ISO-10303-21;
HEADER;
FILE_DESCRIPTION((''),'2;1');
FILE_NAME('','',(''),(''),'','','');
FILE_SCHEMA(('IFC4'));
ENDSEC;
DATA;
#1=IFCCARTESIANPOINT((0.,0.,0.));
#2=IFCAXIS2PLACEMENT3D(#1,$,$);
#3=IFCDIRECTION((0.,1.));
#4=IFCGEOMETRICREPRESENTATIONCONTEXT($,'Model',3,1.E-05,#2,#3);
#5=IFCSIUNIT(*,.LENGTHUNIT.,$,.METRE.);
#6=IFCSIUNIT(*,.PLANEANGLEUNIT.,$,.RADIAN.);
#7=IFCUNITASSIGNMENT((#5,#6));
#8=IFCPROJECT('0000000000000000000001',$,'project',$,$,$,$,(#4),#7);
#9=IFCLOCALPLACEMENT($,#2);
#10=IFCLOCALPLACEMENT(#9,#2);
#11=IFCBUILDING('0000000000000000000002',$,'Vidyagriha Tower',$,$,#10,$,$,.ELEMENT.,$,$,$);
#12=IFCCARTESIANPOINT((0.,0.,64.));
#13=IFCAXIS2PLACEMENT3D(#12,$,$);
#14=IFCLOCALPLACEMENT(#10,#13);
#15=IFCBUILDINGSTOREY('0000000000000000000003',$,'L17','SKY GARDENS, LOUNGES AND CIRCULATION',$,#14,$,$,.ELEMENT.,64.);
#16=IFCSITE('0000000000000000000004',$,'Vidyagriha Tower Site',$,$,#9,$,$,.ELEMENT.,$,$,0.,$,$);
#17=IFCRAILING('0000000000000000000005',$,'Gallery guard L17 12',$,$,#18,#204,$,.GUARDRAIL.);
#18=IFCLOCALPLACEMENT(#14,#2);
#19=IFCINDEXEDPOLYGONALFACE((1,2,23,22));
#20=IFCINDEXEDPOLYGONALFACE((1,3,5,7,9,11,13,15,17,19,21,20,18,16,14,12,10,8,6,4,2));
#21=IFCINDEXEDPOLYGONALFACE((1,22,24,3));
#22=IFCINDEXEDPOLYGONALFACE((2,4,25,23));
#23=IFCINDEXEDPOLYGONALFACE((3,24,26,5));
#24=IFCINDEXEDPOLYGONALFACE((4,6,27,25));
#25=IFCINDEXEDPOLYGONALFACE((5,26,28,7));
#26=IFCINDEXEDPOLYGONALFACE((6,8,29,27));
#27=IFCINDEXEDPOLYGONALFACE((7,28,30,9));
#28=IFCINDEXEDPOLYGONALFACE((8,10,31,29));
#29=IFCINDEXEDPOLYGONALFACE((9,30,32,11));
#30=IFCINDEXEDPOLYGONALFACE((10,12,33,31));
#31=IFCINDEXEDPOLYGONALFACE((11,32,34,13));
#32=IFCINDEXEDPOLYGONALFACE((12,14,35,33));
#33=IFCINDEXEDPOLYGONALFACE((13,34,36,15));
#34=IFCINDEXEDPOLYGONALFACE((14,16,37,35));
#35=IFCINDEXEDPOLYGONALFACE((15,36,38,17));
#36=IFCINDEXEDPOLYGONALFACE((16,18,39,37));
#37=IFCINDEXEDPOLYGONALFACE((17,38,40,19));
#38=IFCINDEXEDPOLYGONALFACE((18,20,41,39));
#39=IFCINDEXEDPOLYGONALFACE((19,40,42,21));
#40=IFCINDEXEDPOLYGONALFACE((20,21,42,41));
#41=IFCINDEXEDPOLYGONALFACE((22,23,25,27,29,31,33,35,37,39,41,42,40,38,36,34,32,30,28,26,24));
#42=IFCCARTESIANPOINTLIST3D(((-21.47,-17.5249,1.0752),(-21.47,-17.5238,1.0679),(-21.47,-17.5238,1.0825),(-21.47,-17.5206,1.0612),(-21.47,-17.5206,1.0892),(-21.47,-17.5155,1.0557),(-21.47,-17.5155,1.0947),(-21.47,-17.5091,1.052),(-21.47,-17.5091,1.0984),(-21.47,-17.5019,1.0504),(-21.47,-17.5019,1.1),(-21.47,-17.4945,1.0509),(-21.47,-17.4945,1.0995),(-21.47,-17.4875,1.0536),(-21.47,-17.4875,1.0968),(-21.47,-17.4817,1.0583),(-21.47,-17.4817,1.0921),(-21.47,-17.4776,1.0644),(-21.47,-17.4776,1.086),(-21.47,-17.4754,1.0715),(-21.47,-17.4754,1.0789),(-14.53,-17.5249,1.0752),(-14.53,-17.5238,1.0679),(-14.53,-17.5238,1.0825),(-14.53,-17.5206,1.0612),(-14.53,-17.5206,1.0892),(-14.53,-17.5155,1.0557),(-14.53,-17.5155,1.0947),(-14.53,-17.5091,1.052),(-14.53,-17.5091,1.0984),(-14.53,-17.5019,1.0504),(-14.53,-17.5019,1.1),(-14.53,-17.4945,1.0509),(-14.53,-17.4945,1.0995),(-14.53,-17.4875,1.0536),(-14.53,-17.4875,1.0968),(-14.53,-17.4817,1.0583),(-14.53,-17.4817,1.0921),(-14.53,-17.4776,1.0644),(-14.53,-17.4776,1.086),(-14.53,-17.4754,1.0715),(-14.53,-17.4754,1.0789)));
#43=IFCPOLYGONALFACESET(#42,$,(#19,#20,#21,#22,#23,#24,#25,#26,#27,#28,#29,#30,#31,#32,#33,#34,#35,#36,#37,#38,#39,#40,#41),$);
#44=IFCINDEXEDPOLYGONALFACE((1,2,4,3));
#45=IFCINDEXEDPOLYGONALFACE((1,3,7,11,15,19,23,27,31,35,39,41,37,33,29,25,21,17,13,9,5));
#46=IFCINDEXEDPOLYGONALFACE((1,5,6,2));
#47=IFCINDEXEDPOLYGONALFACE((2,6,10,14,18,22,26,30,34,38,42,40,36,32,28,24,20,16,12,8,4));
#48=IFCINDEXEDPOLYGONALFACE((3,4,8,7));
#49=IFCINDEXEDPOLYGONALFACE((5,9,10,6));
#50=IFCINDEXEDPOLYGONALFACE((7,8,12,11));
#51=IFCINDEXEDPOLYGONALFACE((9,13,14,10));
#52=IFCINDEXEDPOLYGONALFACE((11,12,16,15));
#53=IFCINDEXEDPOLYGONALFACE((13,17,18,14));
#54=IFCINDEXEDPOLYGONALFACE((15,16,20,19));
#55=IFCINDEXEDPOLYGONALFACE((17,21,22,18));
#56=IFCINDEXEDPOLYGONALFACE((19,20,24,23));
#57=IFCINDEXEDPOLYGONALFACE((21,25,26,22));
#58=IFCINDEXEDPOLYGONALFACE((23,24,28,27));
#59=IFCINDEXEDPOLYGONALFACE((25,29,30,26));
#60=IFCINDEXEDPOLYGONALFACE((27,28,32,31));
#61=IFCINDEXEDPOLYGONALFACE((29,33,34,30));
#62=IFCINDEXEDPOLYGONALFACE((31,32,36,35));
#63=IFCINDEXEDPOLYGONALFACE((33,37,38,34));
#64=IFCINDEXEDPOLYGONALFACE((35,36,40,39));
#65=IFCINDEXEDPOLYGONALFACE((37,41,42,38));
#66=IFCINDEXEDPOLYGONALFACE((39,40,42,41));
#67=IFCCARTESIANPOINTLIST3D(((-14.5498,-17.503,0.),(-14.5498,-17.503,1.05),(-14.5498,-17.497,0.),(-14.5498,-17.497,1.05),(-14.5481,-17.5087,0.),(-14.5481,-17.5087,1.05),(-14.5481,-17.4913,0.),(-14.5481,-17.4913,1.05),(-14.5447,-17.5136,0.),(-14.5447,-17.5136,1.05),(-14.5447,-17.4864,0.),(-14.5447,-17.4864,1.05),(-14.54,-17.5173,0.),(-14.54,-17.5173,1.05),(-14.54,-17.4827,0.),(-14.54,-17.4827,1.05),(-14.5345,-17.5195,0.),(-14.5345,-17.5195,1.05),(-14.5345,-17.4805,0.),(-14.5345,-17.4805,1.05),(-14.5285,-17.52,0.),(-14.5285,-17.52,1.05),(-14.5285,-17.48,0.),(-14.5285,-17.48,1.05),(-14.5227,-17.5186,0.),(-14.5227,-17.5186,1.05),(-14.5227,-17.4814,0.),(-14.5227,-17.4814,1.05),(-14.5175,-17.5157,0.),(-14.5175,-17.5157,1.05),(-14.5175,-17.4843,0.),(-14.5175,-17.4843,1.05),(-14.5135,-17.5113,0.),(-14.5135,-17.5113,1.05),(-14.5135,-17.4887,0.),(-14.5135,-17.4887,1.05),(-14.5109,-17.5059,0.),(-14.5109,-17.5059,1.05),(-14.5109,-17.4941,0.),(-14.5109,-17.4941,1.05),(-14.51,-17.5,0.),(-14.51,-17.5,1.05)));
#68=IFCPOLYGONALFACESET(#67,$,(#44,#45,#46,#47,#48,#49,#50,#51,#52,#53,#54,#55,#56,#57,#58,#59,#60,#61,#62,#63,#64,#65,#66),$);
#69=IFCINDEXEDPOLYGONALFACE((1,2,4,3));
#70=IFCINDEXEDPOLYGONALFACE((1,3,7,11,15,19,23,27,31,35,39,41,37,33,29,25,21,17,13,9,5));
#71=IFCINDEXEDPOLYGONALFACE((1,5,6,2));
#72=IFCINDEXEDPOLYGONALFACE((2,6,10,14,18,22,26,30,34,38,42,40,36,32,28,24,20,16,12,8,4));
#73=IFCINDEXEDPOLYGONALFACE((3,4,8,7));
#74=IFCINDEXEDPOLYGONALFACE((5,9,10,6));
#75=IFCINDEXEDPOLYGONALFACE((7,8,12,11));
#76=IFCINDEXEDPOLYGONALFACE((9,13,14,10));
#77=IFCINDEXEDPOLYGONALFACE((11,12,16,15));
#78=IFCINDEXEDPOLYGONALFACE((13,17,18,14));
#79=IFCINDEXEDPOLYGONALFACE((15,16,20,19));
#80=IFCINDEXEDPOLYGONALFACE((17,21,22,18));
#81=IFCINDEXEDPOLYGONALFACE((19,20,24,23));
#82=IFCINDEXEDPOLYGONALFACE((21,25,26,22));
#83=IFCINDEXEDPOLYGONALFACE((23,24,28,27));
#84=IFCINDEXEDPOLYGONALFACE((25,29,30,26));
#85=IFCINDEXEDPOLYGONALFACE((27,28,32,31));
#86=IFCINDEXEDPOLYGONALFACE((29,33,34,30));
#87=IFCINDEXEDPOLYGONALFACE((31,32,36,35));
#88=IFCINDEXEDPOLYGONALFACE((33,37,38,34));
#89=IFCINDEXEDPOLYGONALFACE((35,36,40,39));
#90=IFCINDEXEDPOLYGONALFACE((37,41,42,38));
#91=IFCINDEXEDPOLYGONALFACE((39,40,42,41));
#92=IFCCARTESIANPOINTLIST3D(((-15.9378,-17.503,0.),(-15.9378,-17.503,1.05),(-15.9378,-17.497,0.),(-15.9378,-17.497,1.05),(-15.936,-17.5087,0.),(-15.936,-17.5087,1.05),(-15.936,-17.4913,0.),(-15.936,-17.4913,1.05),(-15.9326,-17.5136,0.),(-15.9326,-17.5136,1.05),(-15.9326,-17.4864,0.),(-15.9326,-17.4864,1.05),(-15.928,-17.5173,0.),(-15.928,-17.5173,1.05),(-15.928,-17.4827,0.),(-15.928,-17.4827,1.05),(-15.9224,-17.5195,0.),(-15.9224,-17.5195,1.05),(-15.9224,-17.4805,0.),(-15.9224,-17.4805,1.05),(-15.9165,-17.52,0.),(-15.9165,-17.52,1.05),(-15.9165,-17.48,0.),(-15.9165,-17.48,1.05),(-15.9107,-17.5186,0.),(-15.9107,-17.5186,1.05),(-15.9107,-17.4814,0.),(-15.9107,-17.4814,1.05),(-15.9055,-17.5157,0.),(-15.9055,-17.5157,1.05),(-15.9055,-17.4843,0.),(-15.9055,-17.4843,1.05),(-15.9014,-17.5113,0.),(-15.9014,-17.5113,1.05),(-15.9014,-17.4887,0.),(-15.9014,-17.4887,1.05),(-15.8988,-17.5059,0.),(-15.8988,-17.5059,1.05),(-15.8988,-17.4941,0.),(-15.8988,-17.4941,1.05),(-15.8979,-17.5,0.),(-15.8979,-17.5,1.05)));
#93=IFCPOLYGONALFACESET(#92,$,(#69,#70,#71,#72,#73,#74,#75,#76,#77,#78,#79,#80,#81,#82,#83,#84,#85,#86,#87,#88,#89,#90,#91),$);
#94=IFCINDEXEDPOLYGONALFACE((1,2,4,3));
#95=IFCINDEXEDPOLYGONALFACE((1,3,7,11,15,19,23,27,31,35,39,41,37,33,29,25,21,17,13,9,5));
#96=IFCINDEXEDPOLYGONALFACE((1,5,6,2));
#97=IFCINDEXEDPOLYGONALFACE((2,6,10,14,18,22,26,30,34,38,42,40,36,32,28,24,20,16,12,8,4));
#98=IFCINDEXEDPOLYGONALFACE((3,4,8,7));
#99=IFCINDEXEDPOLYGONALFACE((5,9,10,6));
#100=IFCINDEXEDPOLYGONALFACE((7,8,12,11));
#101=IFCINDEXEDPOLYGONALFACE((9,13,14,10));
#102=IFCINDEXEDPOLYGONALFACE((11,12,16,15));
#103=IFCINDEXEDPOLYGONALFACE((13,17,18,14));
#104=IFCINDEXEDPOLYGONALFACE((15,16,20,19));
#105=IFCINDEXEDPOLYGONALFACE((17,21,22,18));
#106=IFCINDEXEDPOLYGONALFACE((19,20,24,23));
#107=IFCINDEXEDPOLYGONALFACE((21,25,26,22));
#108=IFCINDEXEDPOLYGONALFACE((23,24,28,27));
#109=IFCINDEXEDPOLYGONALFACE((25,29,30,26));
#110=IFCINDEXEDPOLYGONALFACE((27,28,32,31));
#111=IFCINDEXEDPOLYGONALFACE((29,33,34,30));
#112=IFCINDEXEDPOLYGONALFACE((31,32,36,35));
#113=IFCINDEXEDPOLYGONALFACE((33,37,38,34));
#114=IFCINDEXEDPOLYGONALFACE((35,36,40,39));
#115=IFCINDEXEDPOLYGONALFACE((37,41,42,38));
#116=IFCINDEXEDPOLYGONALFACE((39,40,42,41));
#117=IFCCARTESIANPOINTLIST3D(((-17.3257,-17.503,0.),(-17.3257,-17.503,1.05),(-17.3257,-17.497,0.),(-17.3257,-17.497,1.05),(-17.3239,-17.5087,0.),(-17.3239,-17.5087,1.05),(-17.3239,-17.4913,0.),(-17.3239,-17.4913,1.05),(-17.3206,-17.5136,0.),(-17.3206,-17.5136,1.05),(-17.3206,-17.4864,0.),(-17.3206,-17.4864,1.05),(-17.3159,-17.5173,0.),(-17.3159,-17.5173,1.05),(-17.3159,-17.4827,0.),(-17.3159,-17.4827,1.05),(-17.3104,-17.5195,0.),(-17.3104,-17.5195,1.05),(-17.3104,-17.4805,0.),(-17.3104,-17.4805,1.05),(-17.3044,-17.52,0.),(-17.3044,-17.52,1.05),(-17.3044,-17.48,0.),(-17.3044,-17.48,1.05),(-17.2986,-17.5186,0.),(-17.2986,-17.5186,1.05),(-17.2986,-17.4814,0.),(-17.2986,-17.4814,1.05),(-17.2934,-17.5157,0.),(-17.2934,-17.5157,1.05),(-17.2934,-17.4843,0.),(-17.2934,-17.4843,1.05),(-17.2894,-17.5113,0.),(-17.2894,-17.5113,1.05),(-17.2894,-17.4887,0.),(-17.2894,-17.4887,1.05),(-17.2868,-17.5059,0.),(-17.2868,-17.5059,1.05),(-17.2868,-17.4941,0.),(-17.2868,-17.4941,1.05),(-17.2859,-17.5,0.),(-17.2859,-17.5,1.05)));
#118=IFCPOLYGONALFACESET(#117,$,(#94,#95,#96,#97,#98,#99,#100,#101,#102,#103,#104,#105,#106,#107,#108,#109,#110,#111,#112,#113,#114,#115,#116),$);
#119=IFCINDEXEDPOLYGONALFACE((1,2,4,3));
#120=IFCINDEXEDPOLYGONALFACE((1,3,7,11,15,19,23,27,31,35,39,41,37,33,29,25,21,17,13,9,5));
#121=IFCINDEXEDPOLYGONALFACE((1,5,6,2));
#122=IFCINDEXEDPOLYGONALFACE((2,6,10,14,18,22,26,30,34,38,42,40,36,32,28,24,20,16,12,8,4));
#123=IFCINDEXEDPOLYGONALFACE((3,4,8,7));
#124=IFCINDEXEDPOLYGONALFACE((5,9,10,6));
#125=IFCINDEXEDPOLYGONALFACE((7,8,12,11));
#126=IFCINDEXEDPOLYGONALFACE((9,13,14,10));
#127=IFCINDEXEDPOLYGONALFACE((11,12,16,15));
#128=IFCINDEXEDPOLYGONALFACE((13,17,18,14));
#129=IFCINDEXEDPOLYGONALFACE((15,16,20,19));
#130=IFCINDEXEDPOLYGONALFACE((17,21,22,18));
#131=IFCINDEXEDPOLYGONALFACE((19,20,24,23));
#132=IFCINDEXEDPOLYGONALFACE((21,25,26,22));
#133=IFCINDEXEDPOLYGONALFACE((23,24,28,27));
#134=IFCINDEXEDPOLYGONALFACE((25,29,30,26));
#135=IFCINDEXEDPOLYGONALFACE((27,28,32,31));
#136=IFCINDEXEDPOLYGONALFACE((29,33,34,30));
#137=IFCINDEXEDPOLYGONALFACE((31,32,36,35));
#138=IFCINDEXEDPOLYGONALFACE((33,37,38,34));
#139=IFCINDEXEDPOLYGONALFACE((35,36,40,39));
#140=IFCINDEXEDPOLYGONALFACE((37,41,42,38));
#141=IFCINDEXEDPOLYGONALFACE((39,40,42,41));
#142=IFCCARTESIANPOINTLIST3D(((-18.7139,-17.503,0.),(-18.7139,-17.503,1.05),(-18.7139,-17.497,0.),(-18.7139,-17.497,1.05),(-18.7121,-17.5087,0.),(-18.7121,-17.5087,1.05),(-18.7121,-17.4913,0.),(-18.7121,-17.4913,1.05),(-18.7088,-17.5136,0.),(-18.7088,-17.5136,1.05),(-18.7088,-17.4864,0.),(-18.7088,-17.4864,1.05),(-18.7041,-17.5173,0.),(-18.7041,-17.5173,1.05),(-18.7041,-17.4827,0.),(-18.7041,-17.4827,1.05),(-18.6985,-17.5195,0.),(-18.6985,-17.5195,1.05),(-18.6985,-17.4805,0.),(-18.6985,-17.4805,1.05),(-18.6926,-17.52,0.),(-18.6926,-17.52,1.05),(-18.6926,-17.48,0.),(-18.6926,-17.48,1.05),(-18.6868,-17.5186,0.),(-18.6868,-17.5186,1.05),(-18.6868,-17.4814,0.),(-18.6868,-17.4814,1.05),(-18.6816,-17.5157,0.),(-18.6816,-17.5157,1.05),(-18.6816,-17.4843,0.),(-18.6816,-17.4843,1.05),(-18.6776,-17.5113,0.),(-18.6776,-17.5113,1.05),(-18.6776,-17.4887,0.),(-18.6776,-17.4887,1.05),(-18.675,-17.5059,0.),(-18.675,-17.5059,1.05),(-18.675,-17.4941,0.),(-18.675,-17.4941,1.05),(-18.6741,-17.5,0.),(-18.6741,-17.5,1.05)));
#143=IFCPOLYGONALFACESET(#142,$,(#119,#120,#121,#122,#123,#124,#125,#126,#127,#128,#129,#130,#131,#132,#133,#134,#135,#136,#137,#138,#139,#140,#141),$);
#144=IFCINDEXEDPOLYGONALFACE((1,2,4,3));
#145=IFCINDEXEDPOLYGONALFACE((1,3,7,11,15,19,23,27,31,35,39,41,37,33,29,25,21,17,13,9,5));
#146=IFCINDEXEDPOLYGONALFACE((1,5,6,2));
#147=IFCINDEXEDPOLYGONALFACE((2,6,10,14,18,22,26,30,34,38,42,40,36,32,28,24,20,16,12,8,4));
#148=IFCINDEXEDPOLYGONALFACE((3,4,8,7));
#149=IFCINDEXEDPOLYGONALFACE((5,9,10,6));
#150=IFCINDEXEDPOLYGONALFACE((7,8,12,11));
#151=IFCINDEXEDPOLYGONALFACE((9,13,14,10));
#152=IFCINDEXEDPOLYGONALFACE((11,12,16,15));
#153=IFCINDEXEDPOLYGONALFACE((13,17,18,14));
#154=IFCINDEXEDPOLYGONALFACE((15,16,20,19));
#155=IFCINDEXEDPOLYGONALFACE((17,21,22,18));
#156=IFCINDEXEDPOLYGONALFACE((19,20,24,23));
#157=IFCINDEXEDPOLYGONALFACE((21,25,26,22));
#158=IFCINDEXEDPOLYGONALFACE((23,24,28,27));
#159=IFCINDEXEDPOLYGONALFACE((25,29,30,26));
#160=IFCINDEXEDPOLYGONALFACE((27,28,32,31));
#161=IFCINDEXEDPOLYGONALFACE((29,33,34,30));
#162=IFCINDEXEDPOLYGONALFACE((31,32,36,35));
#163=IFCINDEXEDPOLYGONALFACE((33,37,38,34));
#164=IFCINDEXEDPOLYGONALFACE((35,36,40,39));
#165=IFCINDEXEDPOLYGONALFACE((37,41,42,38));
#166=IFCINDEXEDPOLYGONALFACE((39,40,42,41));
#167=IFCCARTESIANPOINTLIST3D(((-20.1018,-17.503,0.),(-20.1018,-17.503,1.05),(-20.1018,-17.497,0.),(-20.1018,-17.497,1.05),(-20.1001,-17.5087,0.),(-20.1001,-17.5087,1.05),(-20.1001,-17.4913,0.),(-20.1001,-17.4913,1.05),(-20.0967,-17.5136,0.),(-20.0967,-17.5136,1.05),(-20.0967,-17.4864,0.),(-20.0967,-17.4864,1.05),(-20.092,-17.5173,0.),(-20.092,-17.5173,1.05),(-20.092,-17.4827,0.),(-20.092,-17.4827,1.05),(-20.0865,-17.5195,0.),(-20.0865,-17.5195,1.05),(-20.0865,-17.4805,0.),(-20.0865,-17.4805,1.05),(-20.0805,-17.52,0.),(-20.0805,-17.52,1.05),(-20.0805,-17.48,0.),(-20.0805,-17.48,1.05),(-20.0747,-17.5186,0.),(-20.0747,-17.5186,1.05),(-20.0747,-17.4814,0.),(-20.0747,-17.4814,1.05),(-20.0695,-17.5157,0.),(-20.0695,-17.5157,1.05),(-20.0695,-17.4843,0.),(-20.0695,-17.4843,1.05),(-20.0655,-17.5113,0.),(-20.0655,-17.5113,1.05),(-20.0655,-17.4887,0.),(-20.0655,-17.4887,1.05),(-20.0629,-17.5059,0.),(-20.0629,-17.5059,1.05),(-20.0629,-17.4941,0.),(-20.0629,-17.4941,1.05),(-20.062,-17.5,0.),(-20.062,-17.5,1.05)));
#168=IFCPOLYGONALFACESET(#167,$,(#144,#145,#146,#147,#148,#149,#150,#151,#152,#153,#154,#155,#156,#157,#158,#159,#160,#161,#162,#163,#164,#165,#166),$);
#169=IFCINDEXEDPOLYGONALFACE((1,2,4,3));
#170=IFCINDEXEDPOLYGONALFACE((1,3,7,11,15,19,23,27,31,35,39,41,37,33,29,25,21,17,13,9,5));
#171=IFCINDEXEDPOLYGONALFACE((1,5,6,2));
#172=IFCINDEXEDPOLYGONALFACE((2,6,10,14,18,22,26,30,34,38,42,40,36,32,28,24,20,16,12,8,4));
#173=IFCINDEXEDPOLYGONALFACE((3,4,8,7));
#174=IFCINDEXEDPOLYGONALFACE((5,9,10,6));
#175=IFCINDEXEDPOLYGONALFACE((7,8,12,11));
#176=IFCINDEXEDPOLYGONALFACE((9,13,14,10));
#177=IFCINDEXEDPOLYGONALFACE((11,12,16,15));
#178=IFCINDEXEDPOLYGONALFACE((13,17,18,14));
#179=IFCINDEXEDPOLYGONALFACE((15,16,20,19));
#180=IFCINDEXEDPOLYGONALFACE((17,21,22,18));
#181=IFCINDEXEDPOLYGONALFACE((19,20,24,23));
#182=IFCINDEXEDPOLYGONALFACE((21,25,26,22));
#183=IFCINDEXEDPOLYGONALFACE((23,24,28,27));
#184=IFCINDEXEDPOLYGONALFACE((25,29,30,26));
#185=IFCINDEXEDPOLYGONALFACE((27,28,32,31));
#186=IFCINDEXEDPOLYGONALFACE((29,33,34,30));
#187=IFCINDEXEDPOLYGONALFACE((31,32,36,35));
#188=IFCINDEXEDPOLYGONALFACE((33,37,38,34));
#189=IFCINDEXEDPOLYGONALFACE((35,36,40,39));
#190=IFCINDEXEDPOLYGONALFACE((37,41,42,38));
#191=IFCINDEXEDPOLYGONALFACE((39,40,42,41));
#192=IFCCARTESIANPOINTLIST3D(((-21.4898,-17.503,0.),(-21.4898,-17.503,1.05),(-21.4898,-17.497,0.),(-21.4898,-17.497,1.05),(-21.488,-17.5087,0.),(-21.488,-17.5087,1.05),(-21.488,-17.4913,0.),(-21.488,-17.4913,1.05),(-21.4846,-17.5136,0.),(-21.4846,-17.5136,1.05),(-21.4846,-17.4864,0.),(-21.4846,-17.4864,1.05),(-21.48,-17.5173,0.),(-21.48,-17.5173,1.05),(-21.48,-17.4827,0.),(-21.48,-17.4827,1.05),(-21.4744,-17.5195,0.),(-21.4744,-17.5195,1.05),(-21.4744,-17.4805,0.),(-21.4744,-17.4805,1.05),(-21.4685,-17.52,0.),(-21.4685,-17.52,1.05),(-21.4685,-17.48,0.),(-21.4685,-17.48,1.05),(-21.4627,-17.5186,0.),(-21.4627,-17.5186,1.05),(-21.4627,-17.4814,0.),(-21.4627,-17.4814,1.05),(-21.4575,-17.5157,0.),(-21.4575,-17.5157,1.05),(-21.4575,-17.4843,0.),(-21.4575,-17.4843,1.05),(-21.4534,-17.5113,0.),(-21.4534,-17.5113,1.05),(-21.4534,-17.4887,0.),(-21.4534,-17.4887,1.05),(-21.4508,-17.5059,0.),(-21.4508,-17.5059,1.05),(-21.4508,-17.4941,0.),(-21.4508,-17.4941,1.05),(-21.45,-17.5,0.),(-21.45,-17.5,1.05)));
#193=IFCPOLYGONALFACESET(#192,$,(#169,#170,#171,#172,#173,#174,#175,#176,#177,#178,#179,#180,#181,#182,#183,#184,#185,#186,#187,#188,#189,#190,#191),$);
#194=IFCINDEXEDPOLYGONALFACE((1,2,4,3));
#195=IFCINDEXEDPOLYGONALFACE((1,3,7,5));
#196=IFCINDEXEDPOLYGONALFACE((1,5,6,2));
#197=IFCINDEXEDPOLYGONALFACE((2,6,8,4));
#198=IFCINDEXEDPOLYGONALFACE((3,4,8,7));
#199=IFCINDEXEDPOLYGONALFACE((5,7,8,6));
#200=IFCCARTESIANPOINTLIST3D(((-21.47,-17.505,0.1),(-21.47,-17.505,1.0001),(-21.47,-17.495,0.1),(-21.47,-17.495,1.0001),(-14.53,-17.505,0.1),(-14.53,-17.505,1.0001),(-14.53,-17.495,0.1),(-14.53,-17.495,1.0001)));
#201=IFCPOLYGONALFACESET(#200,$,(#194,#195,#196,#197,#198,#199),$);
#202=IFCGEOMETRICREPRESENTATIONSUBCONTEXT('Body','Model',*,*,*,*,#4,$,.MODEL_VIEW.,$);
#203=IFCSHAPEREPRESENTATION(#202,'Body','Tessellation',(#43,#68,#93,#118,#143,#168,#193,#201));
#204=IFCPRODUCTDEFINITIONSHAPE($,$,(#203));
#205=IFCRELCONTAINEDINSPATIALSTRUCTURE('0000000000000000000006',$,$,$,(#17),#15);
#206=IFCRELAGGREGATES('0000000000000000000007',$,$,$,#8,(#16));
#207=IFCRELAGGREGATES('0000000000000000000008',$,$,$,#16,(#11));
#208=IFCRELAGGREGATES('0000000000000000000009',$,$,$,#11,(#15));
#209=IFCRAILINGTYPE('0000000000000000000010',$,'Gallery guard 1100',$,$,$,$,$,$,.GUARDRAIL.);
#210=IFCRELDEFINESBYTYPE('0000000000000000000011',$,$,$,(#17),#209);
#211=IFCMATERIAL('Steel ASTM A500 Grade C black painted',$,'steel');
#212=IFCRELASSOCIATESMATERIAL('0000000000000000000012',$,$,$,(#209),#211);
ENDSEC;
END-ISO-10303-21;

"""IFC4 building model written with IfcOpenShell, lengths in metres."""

from ifc_helpers import new_model, si_unit, direction, frame, origin, origin_2d, place, context, subcontext, project, spatial, rectangle, circle, extrude, material, type_object, element, save


model = new_model("IFC4")

# Units and contexts
model_context = context("Model", 3, precision=1e-05, world=origin(), true_north=direction((0.0, 1.0)))
body_context = subcontext(model_context, "Body", "Model", "MODEL_VIEW")
ifc_project = project(units=[si_unit("LENGTHUNIT", "METRE"), si_unit("PLANEANGLEUNIT", "RADIAN")], contexts=[model_context])

# Site, building, storey
site_placement = place(None, origin())
site = spatial("IfcSite", under=ifc_project, at=site_placement, Name="Vidyagriha Tower Site", CompositionType="ELEMENT", RefElevation=0.0)
building_placement = place(site_placement, origin())
building = spatial("IfcBuilding", under=site, at=building_placement, Name="Vidyagriha Tower", CompositionType="ELEMENT")
storey_placement = place(building_placement, frame((0.0, 0.0, 64.0)))
storey = spatial("IfcBuildingStorey", under=building, at=storey_placement, Name="L17", Description="SKY GARDENS, LOUNGES AND CIRCULATION", CompositionType="ELEMENT", Elevation=64.0)

# Railing
ifc_material_1 = material(Name="Steel ASTM A500 Grade C black painted", Category="steel")
railing_type = type_object("IfcRailingType", Name="Gallery guard 1100", PredefinedType="GUARDRAIL", material=ifc_material_1)
for number, where, name in (
    (1, (-14.53, -17.5, 0.0), "Gallery guard L17 12"),
):
    element("IfcRailing", number, at=place(storey_placement, frame(where)), inside=storey, type_object=railing_type, Name=name, PredefinedType="GUARDRAIL", context=body_context, shape_type="SweptSolid", body=[
        extrude(circle(Radius=0.0249, at=origin_2d()), frame((0.0, 0.0, 1.0752), z_axis=(-1.0, 0.0, 0.0), x_axis=(0.0, -1.0, 0.0)), (0.0, 0.0, 1.0), 6.9399),
        extrude(circle(Radius=0.02, at=origin_2d()), origin(), (0.0, 0.0, 1.0), 1.05),
        extrude(circle(Radius=0.02, at=origin_2d()), frame((-1.3879, 0.0, 0.0)), (0.0, 0.0, 1.0), 1.05),
        extrude(circle(Radius=0.02, at=origin_2d()), frame((-2.7759, 0.0, 0.0)), (0.0, 0.0, 1.0), 1.05),
        extrude(circle(Radius=0.02, at=origin_2d()), frame((-4.1641, 0.0, 0.0)), (0.0, 0.0, 1.0), 1.05),
        extrude(circle(Radius=0.02, at=origin_2d()), frame((-5.552, 0.0, 0.0)), (0.0, 0.0, 1.0), 1.05),
        extrude(circle(Radius=0.02, at=origin_2d()), frame((-6.9399, 0.0, 0.0)), (0.0, 0.0, 1.0), 1.05),
        extrude(rectangle(XDim=0.01, YDim=0.9001, at=origin_2d()), frame((0.0, 0.0, 0.55), z_axis=(-1.0, 0.0, 0.0), x_axis=(0.0, -1.0, 0.0)), (0.0, 0.0, 1.0), 6.9399),
    ])

save(model, "model.ifc")
